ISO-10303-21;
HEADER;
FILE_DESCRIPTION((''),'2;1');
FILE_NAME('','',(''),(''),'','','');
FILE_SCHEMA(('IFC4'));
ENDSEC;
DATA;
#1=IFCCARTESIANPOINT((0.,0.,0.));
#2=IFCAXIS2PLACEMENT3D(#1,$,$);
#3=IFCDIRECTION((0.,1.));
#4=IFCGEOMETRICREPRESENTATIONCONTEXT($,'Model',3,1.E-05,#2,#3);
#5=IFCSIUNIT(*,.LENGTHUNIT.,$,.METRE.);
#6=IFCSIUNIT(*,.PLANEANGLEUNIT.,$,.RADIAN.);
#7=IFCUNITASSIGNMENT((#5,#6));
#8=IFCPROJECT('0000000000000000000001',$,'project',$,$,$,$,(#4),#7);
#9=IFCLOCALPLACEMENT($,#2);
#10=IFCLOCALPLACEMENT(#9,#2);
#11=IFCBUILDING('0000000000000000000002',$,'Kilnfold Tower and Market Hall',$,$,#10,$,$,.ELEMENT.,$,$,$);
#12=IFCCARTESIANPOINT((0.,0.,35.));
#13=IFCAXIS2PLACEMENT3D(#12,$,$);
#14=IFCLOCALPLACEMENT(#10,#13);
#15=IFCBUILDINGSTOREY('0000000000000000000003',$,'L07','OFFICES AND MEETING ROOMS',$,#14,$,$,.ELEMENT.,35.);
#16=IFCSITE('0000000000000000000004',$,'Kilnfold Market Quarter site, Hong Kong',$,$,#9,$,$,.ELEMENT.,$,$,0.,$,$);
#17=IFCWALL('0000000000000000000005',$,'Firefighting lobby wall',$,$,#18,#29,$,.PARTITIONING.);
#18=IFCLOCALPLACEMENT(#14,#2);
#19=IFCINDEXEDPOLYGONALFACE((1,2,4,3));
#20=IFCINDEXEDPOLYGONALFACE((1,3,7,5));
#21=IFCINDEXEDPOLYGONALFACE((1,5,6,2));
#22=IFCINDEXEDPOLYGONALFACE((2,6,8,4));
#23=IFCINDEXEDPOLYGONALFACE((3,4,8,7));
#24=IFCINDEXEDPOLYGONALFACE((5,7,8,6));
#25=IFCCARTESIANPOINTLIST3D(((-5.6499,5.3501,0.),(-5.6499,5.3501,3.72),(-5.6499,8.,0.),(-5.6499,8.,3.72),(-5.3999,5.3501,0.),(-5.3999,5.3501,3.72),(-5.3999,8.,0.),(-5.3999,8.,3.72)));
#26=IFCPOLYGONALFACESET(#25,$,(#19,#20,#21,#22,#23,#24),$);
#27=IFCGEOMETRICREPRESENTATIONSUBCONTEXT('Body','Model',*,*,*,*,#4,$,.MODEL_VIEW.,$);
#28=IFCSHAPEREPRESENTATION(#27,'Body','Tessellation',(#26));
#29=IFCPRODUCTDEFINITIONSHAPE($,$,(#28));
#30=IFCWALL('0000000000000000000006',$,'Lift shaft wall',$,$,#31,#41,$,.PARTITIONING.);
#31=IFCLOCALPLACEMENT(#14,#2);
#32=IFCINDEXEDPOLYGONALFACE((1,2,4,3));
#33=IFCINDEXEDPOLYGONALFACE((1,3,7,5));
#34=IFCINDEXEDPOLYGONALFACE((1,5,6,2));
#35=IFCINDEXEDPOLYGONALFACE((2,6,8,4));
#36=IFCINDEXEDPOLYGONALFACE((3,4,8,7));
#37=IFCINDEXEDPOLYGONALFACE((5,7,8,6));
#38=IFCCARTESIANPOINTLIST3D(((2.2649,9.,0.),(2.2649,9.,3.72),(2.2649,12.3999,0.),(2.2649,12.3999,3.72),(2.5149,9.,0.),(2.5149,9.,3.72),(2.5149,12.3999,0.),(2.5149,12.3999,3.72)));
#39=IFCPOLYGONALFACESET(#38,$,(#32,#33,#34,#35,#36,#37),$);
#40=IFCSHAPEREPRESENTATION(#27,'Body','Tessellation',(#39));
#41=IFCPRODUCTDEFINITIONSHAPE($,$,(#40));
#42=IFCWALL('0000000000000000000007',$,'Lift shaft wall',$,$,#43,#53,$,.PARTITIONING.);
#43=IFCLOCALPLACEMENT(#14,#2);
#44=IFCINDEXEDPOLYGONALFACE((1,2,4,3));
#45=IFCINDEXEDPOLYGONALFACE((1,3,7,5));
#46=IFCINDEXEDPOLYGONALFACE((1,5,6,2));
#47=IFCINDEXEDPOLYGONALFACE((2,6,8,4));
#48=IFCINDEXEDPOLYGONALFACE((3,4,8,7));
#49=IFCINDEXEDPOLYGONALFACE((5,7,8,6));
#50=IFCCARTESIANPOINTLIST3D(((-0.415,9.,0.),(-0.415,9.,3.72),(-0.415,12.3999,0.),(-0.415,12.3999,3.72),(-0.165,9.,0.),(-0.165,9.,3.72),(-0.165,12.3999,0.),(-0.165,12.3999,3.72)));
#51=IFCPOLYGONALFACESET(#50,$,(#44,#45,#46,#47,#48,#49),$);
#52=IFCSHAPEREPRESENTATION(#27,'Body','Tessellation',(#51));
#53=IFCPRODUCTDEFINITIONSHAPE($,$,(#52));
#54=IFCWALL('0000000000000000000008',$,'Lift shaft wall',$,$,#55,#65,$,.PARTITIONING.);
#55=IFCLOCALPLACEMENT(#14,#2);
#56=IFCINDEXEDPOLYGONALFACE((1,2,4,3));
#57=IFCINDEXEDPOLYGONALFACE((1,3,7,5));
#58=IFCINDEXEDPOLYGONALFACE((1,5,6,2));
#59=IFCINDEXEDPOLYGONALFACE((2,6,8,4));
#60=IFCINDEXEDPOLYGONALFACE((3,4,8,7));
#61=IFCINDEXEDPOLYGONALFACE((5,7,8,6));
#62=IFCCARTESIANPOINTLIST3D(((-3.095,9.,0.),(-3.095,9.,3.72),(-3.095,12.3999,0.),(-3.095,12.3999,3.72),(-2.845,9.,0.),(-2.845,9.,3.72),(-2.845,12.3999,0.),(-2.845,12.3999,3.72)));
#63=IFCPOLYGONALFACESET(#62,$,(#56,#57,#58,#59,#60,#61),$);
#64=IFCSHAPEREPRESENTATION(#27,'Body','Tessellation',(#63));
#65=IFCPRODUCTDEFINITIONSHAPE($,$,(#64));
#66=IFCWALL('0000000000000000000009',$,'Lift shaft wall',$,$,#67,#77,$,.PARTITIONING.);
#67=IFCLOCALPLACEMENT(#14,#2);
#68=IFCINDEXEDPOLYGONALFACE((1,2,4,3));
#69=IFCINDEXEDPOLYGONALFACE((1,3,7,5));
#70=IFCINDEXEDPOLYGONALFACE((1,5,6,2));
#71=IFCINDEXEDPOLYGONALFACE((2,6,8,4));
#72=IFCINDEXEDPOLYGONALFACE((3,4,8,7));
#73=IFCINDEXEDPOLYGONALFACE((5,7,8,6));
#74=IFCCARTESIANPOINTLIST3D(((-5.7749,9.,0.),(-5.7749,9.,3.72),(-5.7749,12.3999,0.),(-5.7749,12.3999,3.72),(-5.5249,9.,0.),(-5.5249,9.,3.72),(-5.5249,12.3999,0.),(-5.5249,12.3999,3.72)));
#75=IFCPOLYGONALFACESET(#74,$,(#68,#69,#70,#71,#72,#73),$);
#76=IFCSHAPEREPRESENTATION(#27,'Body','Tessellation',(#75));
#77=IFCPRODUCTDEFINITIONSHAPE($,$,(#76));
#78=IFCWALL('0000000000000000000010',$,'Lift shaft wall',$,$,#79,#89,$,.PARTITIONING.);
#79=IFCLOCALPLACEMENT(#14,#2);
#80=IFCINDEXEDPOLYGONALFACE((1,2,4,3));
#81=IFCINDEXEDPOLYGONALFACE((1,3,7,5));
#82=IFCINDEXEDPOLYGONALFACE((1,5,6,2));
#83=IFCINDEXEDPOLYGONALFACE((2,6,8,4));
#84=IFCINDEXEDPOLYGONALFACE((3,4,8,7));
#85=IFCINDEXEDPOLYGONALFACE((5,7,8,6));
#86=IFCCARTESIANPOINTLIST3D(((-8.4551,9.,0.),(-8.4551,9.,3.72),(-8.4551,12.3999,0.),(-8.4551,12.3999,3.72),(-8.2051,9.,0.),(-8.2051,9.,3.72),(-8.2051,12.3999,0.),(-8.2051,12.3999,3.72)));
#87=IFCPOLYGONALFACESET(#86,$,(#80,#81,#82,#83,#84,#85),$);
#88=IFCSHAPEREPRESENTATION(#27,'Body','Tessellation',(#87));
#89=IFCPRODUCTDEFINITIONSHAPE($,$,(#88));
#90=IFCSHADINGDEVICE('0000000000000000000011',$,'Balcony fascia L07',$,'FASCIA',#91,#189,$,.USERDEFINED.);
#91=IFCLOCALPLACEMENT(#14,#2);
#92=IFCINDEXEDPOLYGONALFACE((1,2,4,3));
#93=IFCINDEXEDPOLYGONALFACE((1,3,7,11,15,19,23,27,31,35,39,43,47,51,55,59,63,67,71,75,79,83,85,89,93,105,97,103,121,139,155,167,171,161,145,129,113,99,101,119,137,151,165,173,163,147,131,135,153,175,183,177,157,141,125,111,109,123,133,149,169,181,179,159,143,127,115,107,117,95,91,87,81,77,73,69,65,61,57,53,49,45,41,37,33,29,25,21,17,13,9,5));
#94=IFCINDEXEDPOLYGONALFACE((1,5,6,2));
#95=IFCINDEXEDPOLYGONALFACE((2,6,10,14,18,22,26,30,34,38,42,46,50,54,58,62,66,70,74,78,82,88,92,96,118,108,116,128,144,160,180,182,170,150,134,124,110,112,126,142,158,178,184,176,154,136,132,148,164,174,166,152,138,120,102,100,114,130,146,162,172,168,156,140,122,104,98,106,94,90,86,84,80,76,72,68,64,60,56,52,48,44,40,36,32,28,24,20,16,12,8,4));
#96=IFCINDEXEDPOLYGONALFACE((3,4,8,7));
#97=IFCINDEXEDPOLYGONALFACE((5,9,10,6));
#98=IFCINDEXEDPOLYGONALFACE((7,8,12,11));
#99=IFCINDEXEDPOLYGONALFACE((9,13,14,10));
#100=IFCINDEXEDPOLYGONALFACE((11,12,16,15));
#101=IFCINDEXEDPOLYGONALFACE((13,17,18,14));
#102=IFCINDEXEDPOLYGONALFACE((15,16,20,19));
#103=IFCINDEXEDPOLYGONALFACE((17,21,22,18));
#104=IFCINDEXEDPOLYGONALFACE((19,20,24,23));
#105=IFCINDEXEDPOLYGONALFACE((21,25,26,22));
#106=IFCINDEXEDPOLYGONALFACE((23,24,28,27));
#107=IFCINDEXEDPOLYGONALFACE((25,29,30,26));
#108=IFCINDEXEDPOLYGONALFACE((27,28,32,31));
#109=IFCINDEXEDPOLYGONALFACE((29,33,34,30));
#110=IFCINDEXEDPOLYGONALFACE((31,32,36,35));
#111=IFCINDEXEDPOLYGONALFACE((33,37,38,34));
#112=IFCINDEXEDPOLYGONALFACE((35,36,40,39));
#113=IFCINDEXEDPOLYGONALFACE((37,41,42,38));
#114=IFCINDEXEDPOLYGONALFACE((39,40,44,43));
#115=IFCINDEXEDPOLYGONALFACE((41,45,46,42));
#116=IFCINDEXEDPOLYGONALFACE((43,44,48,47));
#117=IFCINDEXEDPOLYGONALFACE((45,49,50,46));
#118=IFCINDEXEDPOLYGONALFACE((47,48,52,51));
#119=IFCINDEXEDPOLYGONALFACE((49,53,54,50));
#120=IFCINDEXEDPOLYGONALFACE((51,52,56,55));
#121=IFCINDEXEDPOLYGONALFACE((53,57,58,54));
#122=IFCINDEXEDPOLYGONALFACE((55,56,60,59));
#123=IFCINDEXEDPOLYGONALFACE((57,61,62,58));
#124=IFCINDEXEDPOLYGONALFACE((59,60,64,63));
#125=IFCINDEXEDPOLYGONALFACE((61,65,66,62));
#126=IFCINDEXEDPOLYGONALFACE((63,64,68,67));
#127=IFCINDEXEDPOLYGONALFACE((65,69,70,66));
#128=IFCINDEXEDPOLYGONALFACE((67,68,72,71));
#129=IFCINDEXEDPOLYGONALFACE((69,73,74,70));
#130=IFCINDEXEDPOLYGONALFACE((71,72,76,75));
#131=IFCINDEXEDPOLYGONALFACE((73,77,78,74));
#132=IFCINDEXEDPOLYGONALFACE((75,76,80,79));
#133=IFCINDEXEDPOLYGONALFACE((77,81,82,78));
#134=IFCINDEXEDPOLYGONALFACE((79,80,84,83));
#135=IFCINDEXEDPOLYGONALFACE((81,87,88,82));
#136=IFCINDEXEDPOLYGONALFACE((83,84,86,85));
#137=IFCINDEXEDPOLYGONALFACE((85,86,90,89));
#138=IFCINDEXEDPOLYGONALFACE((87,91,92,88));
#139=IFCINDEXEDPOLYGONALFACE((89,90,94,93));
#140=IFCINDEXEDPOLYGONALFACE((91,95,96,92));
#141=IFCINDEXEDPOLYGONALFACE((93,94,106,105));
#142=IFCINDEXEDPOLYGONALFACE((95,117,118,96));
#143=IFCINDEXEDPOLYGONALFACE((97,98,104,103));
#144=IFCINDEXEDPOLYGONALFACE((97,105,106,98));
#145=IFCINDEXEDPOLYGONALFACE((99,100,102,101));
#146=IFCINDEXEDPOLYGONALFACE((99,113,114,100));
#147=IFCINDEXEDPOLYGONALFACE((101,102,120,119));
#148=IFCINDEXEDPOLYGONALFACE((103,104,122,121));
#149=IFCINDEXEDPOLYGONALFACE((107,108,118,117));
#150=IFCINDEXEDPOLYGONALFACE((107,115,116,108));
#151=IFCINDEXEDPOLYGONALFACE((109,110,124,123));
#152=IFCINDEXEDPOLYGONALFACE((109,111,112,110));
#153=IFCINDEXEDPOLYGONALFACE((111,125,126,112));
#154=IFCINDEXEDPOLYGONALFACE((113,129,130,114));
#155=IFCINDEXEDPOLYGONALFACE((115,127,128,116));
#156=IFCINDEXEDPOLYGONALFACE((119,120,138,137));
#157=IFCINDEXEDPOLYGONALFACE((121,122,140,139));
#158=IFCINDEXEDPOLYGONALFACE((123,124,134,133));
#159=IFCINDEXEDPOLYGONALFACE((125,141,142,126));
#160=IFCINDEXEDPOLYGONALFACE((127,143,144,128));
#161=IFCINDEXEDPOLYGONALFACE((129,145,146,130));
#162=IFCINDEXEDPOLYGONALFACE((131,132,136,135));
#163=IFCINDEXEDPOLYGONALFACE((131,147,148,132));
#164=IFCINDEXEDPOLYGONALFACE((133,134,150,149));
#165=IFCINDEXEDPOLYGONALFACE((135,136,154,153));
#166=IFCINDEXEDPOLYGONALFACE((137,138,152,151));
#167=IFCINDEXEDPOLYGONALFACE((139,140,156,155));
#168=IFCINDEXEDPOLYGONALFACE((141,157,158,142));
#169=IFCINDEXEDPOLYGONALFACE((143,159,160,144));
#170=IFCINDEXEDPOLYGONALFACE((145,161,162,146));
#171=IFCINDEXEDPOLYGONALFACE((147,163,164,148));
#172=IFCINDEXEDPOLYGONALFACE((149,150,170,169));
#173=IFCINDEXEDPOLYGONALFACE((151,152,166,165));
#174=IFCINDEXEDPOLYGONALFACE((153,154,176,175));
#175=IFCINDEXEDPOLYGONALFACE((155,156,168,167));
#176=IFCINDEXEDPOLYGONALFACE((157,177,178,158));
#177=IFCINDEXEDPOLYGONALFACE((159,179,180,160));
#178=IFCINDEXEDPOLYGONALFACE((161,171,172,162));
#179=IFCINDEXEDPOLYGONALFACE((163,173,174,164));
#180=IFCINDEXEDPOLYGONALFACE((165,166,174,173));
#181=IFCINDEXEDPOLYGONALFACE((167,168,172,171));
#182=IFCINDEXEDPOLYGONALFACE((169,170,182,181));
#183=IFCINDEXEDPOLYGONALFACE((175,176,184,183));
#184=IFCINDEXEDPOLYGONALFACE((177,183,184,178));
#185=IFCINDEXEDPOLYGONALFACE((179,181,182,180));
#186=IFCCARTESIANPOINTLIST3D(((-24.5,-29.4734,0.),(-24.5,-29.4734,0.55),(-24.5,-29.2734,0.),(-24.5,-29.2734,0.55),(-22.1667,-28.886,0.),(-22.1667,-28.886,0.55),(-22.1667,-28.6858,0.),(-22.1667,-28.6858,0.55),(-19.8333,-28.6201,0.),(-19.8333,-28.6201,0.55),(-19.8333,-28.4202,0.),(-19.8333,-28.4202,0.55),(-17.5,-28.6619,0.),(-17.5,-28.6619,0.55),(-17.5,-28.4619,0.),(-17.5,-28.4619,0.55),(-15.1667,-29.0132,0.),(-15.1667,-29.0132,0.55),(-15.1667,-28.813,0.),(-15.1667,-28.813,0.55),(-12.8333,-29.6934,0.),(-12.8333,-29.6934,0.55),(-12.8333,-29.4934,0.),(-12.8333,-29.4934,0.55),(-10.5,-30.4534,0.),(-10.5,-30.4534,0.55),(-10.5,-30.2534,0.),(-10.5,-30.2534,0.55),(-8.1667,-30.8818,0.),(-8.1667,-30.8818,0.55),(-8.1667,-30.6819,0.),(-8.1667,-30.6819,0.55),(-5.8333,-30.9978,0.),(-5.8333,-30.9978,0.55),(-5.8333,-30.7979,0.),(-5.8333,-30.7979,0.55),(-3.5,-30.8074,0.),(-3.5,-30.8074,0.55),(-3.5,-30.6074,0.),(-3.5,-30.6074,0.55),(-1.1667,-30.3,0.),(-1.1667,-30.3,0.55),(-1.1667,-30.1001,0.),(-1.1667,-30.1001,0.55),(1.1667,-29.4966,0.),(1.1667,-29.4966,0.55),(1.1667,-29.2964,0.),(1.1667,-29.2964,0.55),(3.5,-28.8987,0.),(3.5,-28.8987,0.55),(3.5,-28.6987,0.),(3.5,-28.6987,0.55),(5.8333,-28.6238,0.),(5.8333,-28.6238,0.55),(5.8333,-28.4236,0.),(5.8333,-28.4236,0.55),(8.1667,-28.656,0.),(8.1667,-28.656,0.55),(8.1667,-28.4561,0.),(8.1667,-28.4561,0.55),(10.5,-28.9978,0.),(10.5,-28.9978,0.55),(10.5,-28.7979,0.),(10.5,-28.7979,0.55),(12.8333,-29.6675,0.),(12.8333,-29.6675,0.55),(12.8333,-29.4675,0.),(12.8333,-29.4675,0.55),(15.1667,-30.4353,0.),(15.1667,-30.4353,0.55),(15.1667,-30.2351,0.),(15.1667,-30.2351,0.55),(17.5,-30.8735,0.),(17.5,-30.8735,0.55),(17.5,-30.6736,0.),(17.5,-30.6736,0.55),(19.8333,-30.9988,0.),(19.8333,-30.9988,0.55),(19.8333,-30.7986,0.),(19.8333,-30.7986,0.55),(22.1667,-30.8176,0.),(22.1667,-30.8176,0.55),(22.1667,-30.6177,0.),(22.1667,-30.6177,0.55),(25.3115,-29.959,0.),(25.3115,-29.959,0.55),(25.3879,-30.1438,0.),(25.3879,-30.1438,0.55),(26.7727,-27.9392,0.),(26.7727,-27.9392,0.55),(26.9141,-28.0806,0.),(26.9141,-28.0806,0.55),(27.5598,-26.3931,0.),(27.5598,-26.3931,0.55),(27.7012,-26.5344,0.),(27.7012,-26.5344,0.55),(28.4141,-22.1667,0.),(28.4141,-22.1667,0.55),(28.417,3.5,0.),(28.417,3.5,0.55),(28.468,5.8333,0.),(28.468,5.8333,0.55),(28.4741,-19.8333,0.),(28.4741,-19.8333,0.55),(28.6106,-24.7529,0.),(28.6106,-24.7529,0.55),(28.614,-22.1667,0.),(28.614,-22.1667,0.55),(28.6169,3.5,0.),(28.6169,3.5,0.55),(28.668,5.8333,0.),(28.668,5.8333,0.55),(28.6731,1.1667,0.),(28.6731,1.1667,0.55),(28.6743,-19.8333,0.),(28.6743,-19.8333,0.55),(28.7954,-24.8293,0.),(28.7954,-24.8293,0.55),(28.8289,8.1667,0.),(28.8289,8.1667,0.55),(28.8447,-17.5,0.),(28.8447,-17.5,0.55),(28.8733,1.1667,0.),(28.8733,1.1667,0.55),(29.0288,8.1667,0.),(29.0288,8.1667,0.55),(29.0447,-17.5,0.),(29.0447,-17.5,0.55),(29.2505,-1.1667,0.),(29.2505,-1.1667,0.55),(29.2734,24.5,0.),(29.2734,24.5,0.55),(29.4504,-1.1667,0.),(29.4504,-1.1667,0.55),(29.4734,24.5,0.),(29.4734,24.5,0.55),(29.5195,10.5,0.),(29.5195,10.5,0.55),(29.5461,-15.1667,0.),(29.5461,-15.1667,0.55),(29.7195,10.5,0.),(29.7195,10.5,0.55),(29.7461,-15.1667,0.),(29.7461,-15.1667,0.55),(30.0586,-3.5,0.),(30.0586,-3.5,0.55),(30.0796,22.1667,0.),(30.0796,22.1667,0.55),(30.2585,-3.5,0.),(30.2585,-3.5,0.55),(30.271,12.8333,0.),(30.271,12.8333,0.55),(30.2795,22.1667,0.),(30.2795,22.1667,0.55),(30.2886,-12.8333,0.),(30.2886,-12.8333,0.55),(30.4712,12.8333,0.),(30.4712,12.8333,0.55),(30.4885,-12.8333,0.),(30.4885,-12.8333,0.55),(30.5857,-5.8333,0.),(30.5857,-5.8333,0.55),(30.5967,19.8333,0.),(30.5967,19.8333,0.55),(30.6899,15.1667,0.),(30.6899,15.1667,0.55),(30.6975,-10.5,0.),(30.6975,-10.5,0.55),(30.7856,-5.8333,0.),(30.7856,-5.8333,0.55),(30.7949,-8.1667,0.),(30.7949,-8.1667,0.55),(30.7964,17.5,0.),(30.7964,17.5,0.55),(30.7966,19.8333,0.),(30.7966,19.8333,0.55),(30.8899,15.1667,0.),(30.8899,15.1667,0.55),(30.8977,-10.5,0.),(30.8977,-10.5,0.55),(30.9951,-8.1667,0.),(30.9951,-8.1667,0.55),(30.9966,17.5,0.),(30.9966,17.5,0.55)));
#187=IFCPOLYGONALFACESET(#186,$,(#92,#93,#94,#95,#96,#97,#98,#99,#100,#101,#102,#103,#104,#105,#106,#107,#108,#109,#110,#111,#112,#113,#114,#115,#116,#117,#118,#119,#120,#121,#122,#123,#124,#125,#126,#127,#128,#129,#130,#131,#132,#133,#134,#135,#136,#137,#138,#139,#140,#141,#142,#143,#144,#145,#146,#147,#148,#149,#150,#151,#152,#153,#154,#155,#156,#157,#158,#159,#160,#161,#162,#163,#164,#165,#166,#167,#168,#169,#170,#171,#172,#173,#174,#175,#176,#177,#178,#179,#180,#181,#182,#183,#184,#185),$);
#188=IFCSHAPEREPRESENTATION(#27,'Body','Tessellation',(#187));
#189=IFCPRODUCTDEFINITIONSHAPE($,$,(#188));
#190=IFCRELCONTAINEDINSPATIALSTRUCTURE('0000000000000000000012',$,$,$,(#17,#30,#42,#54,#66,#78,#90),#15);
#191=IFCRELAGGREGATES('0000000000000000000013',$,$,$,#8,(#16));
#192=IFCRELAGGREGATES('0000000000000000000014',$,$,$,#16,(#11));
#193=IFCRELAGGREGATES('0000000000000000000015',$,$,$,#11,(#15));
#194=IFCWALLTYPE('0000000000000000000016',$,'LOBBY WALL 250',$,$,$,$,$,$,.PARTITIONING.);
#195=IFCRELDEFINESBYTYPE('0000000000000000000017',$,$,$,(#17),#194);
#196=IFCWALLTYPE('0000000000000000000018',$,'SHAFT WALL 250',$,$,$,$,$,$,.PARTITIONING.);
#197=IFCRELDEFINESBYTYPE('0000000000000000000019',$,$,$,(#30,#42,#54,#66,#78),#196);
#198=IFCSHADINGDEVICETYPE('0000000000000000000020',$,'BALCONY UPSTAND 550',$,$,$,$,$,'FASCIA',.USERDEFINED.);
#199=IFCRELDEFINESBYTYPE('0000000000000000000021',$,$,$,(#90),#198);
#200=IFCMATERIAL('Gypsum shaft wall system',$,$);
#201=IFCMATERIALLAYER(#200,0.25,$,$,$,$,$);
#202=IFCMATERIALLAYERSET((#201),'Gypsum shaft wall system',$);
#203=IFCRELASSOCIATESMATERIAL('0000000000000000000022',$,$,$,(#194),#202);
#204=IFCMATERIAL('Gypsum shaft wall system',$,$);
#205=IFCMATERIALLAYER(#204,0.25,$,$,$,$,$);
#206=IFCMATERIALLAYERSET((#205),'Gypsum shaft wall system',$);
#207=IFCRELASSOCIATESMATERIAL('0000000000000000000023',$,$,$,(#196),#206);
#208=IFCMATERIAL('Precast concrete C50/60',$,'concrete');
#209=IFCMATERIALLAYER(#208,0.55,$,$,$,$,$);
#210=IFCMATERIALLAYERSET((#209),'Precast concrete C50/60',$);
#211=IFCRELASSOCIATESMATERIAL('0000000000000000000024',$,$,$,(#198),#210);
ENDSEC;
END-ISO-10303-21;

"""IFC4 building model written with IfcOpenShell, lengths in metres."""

from ifc_helpers import new_model, si_unit, direction, frame, frame_2d, origin, place, context, subcontext, project, spatial, polyline, rectangle, outline, extrude, source, transform, mapped, material, layer, layer_set, type_object, element, save


model = new_model("IFC4")

# Units and contexts
model_context = context("Model", 3, precision=1e-05, world=origin(), true_north=direction((0.0, 1.0)))
body_context = subcontext(model_context, "Body", "Model", "MODEL_VIEW")
ifc_project = project(units=[si_unit("LENGTHUNIT", "METRE"), si_unit("PLANEANGLEUNIT", "RADIAN")], contexts=[model_context])

# Site, building, storey
site_placement = place(None, origin())
site = spatial("IfcSite", under=ifc_project, at=site_placement, Name="Kilnfold Market Quarter site, Hong Kong", CompositionType="ELEMENT", RefElevation=0.0)
building_placement = place(site_placement, origin())
building = spatial("IfcBuilding", under=site, at=building_placement, Name="Kilnfold Tower and Market Hall", CompositionType="ELEMENT")
storey_placement = place(building_placement, frame((0.0, 0.0, 35.0)))
storey = spatial("IfcBuildingStorey", under=building, at=storey_placement, Name="L07", Description="OFFICES AND MEETING ROOMS", CompositionType="ELEMENT", Elevation=35.0)

# Walls
ifc_material_1 = material(Name="Gypsum shaft wall system")
ifc_layer_1 = layer(ifc_material_1, 0.25)
ifc_layer_set_1 = layer_set([ifc_layer_1], Name="Gypsum shaft wall system")
wall_type_1 = type_object("IfcWallType", Name="LOBBY WALL 250", PredefinedType="PARTITIONING", material=ifc_layer_set_1)
shared_shape_1 = source(origin(), body_context, "Body", "SweptSolid", [
    extrude(rectangle(XDim=2.6499, YDim=0.25, at=frame_2d((1.325, 0.0))), origin(), (0.0, 0.0, 1.0), 3.72),
])
wall_1_placement = place(storey_placement, frame((-5.5249, 5.3501, 0.0), z_axis=(0.0, 0.0, 1.0), x_axis=(0.0, 1.0, 0.0)))
element("IfcWall", 1, at=wall_1_placement, inside=storey, type_object=wall_type_1, Name="Firefighting lobby wall", PredefinedType="PARTITIONING", context=body_context, shape_type="MappedRepresentation", body=[
    mapped(shared_shape_1, transform((0.0, 0.0, 0.0))),
])
ifc_material_2 = material(Name="Gypsum shaft wall system")
ifc_layer_2 = layer(ifc_material_2, 0.25)
ifc_layer_set_2 = layer_set([ifc_layer_2], Name="Gypsum shaft wall system")
wall_type_2 = type_object("IfcWallType", Name="SHAFT WALL 250", PredefinedType="PARTITIONING", material=ifc_layer_set_2)
shared_shape_2 = source(origin(), body_context, "Body", "SweptSolid", [
    extrude(rectangle(XDim=3.3999, YDim=0.25, at=frame_2d((1.7, 0.0))), origin(), (0.0, 0.0, 1.0), 3.72),
])
for number, where, z_axis, x_axis, name in (
    (2, (2.3899, 9.0, 0.0), (0.0, 0.0, 1.0), (0.0, 1.0, 0.0), "Lift shaft wall"),
    (3, (-0.29, 9.0, 0.0), (0.0, 0.0, 1.0), (0.0, 1.0, 0.0), "Lift shaft wall"),
    (4, (-2.97, 9.0, 0.0), (0.0, 0.0, 1.0), (0.0, 1.0, 0.0), "Lift shaft wall"),
    (5, (-5.6499, 9.0, 0.0), (0.0, 0.0, 1.0), (0.0, 1.0, 0.0), "Lift shaft wall"),
    (6, (-8.3301, 9.0, 0.0), (0.0, 0.0, 1.0), (0.0, 1.0, 0.0), "Lift shaft wall"),
):
    element("IfcWall", number, at=place(storey_placement, frame(where, z_axis=z_axis, x_axis=x_axis)), inside=storey, type_object=wall_type_2, Name=name, PredefinedType="PARTITIONING", context=body_context, shape_type="MappedRepresentation", body=[
        mapped(shared_shape_2, transform((0.0, 0.0, 0.0))),
    ])

# Shading device
ifc_material_3 = material(Name="Precast concrete C50/60", Category="concrete")
ifc_layer_3 = layer(ifc_material_3, 0.55)
ifc_layer_set_3 = layer_set([ifc_layer_3], Name="Precast concrete C50/60")
shading_device_type_1 = type_object("IfcShadingDeviceType", Name="BALCONY UPSTAND 550", ElementType="FASCIA", PredefinedType="USERDEFINED", material=ifc_layer_set_3)
shared_shape_3 = source(origin(), body_context, "Body", "SweptSolid", [
    extrude(outline(polyline([(-24.5, -29.4734), (-22.1667, -28.886), (-19.8333, -28.6201), (-17.5, -28.6619), (-15.1667, -29.0132), (-12.8333, -29.6934), (-10.5, -30.4534), (-8.1667, -30.8818), (-5.8333, -30.9978), (-3.5, -30.8074), (-1.1667, -30.3), (1.1667, -29.4966), (3.5, -28.8987), (5.8333, -28.6238), (8.1667, -28.656), (10.5, -28.9978), (12.8333, -29.6675), (15.1667, -30.4353), (17.5, -30.8735), (19.8333, -30.9988), (22.1667, -30.8176), (25.3879, -30.1438), (26.9141, -28.0806), (27.7012, -26.5344), (28.7954, -24.8293), (28.614, -22.1667), (28.6743, -19.8333), (29.0447, -17.5), (29.7461, -15.1667), (30.4885, -12.8333), (30.8977, -10.5), (30.9951, -8.1667), (30.7856, -5.8333), (30.2585, -3.5), (29.4504, -1.1667), (28.8733, 1.1667), (28.6169, 3.5), (28.668, 5.8333), (29.0288, 8.1667), (29.7195, 10.5), (30.4712, 12.8333), (30.8899, 15.1667), (30.9966, 17.5), (30.7966, 19.8333), (30.2795, 22.1667), (29.4734, 24.5), (29.2734, 24.5), (30.0796, 22.1667), (30.5967, 19.8333), (30.7964, 17.5), (30.6899, 15.1667), (30.271, 12.8333), (29.5195, 10.5), (28.8289, 8.1667), (28.468, 5.8333), (28.417, 3.5), (28.6731, 1.1667), (29.2505, -1.1667), (30.0586, -3.5), (30.5857, -5.8333), (30.7949, -8.1667), (30.6975, -10.5), (30.2886, -12.8333), (29.5461, -15.1667), (28.8447, -17.5), (28.4741, -19.8333), (28.4141, -22.1667), (28.6106, -24.7529), (27.5598, -26.3931), (26.7727, -27.9392), (25.3115, -29.959), (22.1667, -30.6177), (19.8333, -30.7986), (17.5, -30.6736), (15.1667, -30.2351), (12.8333, -29.4675), (10.5, -28.7979), (8.1667, -28.4561), (5.8333, -28.4236), (3.5, -28.6987), (1.1667, -29.2964), (-1.1667, -30.1001), (-3.5, -30.6074), (-5.8333, -30.7979), (-8.1667, -30.6819), (-10.5, -30.2534), (-12.8333, -29.4934), (-15.1667, -28.813), (-17.5, -28.4619), (-19.8333, -28.4202), (-22.1667, -28.6858), (-24.5, -29.2734), (-24.5, -29.4734)])), origin(), (0.0, 0.0, 1.0), 0.55),
])
shading_device_1_placement = place(storey_placement, origin())
element("IfcShadingDevice", 7, at=shading_device_1_placement, inside=storey, type_object=shading_device_type_1, Name="Balcony fascia L07", ObjectType="FASCIA", PredefinedType="USERDEFINED", context=body_context, shape_type="MappedRepresentation", body=[
    mapped(shared_shape_3, transform((0.0, 0.0, 0.0))),
])

save(model, "model.ifc")
